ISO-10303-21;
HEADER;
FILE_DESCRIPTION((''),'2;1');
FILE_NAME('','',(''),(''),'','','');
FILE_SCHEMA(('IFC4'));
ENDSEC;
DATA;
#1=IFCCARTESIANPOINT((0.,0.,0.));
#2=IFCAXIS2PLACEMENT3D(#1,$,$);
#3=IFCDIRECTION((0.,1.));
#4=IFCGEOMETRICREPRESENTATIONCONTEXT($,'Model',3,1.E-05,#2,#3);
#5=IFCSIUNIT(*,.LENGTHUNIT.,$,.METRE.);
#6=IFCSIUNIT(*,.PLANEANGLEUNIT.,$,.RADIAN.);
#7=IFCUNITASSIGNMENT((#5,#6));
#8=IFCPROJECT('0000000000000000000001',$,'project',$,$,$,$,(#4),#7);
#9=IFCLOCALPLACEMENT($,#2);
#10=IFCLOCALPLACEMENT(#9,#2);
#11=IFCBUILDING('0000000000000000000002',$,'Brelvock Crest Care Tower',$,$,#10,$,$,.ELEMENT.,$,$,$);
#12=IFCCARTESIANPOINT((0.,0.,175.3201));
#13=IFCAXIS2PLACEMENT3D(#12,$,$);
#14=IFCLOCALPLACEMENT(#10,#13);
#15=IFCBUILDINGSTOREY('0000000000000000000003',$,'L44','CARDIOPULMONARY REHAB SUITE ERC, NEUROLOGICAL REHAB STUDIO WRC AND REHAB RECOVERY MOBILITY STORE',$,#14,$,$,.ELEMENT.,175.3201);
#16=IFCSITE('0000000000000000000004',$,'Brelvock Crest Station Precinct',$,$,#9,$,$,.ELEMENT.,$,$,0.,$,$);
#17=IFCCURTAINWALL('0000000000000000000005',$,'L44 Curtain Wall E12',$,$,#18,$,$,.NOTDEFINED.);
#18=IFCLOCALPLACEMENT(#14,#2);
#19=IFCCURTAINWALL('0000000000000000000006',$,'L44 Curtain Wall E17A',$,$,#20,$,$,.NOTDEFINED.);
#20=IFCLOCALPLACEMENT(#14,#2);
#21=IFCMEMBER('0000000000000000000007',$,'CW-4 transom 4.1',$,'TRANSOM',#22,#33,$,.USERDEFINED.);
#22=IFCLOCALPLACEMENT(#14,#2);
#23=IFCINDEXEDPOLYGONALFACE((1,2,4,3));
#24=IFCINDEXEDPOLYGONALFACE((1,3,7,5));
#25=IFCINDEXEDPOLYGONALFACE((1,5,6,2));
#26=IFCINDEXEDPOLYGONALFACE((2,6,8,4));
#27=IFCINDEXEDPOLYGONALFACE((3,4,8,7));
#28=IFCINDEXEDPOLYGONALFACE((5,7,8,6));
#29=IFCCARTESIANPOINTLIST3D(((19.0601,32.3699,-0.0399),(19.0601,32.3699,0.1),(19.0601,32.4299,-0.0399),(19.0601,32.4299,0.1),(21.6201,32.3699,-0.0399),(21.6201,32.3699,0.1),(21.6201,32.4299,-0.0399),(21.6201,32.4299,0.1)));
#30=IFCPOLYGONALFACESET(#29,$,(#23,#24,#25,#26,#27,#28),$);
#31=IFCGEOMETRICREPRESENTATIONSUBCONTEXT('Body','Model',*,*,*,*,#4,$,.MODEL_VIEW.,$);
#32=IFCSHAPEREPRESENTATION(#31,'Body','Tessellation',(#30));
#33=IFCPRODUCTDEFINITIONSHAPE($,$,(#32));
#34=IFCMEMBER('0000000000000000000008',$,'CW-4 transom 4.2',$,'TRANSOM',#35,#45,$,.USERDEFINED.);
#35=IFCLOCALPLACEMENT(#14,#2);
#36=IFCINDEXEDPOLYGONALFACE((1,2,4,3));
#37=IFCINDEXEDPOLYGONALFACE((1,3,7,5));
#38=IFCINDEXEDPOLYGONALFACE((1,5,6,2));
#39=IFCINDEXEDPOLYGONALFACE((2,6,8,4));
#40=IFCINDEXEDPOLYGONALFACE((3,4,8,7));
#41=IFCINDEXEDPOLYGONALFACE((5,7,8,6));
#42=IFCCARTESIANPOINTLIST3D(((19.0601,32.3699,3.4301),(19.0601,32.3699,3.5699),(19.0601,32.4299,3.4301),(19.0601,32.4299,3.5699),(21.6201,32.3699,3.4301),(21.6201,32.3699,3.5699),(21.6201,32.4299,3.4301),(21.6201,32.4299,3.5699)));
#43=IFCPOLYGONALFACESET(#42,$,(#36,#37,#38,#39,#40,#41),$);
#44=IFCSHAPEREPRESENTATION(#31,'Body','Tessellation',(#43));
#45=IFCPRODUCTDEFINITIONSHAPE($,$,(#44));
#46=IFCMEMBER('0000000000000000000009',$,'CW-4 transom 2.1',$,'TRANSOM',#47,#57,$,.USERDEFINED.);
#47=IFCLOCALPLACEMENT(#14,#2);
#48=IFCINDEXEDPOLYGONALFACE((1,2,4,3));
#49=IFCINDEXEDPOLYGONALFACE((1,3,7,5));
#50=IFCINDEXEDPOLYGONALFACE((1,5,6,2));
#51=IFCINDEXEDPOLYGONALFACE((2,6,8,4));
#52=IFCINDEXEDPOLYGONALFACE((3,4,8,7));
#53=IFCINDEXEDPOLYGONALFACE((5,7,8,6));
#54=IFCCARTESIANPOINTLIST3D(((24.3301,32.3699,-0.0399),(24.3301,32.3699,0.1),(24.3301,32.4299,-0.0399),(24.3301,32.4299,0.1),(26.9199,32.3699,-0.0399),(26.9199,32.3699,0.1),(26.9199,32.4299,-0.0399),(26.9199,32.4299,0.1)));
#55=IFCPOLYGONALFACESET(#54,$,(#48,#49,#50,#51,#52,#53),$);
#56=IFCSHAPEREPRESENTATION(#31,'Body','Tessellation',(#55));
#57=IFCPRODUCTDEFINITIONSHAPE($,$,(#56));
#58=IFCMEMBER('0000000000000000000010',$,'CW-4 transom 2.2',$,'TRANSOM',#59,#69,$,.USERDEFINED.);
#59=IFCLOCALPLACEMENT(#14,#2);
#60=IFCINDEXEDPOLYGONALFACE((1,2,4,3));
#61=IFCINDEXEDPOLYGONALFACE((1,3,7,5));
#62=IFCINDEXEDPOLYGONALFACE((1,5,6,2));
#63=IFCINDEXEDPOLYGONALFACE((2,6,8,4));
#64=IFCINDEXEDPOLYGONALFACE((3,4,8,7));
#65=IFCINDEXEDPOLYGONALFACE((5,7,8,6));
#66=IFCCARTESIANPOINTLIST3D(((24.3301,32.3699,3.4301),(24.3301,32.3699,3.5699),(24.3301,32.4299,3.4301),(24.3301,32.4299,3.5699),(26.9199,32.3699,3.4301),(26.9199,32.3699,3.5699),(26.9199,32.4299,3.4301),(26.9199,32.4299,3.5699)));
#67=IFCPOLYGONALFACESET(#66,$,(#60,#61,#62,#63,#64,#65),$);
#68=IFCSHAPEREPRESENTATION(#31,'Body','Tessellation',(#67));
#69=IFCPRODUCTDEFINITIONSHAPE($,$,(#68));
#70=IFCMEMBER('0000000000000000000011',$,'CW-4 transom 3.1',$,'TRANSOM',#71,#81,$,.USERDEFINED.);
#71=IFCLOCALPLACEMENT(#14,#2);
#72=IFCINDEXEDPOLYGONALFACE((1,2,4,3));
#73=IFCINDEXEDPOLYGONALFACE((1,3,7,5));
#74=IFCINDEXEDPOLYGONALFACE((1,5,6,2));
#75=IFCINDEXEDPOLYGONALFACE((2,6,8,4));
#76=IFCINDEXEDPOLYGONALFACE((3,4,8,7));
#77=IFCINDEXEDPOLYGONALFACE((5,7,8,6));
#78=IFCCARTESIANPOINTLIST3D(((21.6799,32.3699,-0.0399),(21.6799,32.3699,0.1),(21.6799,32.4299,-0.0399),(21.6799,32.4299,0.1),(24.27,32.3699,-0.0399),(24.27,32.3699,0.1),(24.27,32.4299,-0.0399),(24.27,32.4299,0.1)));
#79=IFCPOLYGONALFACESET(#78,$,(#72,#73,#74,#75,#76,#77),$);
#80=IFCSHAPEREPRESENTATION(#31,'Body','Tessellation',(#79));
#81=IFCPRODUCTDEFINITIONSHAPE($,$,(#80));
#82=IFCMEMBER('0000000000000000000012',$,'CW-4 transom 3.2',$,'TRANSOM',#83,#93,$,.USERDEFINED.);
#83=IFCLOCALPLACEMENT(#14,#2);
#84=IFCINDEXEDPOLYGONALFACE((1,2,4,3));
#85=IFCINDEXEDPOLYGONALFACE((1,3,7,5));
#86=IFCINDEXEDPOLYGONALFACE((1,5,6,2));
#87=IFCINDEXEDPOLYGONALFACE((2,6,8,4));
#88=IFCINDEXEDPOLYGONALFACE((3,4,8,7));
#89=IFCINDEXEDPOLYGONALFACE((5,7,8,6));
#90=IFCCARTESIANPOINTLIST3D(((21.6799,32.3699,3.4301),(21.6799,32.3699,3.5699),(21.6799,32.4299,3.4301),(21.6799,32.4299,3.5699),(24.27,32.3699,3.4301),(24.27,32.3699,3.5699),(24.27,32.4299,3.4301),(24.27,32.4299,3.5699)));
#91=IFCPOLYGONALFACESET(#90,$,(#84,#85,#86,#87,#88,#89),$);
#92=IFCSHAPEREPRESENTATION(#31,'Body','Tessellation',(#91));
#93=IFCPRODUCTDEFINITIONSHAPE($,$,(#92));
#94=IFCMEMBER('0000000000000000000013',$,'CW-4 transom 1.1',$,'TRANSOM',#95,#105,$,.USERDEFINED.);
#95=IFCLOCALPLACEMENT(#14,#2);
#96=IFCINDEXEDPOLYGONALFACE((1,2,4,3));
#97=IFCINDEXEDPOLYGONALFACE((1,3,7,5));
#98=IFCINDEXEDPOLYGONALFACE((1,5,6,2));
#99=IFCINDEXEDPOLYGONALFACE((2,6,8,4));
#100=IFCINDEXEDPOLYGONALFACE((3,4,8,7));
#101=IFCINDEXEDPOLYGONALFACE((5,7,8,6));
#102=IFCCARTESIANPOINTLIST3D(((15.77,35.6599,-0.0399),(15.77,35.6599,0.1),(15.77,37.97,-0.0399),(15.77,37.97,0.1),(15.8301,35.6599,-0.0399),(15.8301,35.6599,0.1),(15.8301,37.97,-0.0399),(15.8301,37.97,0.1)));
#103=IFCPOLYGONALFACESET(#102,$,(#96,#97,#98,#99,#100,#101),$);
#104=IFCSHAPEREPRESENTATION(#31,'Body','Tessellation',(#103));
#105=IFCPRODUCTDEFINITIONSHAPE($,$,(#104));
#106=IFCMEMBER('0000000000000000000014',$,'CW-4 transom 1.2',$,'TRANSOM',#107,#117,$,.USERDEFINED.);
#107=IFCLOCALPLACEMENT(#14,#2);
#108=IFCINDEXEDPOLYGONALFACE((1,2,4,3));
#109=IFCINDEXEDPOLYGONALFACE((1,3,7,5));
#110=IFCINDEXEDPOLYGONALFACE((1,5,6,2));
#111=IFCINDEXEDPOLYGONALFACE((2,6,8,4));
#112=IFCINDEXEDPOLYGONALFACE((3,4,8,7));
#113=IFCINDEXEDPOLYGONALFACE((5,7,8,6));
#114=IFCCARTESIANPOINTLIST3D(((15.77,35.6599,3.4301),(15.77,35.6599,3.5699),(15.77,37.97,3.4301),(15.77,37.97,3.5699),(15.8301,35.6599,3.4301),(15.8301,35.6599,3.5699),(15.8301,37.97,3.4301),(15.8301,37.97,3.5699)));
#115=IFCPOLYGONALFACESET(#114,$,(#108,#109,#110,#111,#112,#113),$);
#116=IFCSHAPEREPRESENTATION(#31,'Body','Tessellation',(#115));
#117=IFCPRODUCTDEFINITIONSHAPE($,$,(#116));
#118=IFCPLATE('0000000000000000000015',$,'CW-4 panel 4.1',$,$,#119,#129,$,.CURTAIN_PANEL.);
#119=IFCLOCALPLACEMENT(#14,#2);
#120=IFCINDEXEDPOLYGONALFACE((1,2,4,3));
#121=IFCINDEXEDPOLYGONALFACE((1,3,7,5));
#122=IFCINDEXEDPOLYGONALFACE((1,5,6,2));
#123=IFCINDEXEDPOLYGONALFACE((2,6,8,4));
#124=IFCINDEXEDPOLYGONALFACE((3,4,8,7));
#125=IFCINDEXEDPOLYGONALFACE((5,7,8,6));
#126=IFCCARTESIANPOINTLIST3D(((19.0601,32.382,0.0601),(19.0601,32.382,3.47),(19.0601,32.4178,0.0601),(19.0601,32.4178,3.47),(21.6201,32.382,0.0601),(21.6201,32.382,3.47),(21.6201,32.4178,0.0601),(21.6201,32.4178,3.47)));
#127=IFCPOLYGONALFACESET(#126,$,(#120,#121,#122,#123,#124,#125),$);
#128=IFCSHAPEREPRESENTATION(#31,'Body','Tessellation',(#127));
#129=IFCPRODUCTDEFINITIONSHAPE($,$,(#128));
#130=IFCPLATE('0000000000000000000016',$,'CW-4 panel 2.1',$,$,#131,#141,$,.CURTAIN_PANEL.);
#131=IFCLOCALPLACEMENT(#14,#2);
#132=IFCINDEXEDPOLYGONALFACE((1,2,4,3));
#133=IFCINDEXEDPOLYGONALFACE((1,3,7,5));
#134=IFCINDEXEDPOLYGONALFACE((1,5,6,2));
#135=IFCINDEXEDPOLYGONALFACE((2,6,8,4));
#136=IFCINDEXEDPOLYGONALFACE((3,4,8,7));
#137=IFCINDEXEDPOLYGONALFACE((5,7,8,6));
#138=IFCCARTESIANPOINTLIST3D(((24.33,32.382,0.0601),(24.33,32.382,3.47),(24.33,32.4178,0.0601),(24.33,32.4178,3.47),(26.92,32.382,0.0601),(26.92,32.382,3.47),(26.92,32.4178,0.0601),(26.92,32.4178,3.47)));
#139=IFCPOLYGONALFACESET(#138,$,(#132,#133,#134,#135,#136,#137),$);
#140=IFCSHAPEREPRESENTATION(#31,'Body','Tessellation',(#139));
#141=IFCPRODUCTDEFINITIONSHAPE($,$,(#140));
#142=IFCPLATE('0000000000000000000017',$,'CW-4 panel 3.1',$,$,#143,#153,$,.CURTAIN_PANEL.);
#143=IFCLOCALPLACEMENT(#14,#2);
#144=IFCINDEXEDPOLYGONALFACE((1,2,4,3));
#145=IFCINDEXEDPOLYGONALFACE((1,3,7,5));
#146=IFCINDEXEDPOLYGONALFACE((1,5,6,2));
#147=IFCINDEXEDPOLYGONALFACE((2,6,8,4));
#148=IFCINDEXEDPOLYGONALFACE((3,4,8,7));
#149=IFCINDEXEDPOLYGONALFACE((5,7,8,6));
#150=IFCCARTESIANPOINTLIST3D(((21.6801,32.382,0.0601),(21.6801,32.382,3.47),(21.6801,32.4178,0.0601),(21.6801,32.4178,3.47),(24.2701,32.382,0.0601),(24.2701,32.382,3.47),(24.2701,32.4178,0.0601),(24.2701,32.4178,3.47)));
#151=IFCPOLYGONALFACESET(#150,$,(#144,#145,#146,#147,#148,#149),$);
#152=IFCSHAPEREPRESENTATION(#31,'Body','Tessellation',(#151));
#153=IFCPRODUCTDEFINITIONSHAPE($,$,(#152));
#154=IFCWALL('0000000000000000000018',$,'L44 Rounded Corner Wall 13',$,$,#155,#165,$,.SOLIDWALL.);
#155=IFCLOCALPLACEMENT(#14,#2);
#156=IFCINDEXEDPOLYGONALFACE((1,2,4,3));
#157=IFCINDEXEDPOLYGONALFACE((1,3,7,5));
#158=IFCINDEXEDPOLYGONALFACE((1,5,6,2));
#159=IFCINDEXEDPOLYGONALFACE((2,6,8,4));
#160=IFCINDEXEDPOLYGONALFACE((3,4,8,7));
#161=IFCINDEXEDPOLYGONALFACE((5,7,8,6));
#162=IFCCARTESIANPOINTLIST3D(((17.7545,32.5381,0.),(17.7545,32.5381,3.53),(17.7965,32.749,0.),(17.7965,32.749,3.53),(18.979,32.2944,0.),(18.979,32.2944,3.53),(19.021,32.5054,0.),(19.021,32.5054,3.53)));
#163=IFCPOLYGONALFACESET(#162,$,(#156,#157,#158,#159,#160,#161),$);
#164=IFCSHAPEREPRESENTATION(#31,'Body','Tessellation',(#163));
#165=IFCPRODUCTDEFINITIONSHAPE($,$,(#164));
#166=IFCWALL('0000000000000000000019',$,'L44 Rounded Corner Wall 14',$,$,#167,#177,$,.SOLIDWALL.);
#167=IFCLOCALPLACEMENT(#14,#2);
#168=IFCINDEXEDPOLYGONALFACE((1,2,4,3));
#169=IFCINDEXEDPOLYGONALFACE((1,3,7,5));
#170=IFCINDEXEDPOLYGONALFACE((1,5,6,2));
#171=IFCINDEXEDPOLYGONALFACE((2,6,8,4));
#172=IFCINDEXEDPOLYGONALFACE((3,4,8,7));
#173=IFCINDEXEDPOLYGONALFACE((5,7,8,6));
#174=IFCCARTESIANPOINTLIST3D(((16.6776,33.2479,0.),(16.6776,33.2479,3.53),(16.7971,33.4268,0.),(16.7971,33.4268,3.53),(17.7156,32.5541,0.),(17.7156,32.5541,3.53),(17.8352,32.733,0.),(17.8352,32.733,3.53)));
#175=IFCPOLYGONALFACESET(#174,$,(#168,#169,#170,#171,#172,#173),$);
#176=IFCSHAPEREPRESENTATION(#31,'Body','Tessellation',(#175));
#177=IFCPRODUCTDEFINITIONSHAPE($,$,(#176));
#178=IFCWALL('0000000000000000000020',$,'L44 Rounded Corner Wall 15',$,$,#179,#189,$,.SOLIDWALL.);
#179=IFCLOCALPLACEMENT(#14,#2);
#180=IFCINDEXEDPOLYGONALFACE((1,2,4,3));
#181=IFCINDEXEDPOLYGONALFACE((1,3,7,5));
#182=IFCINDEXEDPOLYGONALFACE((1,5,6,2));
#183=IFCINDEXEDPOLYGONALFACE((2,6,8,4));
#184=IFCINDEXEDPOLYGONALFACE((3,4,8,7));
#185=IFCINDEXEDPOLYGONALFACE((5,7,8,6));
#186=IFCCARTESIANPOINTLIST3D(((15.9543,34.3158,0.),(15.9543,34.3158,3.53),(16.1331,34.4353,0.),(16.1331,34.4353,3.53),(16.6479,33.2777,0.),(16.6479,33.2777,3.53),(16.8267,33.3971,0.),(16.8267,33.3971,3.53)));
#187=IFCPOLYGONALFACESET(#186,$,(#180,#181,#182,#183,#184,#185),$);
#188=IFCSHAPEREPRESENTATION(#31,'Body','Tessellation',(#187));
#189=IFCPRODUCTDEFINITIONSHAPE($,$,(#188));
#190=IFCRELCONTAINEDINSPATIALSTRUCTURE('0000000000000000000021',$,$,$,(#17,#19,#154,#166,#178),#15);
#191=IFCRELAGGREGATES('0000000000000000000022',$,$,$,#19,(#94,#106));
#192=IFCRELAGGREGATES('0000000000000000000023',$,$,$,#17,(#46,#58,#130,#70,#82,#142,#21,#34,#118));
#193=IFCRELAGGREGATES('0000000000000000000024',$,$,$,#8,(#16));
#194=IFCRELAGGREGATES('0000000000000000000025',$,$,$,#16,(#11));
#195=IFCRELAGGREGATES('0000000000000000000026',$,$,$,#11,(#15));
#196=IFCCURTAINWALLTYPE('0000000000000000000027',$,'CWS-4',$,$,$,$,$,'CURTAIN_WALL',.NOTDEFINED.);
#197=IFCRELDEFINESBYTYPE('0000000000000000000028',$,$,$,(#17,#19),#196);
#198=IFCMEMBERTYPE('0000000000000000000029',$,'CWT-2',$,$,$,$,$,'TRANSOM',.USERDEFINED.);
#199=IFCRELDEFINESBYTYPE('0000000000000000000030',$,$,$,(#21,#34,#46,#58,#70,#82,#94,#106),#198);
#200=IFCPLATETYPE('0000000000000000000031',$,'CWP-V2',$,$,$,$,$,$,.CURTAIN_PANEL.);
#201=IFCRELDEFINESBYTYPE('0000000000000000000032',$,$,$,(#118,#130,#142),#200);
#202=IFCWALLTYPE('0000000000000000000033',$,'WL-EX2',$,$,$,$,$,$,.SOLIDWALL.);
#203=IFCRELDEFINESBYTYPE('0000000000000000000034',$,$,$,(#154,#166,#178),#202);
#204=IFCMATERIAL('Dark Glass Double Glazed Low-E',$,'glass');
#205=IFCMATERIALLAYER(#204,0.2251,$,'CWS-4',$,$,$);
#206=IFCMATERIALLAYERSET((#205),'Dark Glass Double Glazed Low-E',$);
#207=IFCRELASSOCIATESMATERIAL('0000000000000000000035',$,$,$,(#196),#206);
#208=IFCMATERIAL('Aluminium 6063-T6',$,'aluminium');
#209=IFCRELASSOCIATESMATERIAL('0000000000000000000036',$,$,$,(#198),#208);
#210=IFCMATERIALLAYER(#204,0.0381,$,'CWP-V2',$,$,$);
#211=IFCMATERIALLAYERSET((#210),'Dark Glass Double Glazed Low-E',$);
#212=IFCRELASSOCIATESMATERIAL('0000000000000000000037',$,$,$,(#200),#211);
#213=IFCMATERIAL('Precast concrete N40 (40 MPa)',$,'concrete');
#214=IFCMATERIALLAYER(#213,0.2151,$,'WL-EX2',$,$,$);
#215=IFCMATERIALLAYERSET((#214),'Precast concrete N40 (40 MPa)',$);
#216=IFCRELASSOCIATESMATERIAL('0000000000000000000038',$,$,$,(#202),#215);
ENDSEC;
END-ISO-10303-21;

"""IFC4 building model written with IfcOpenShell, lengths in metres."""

from ifc_helpers import new_model, si_unit, direction, frame, frame_2d, origin, origin_2d, place, context, subcontext, project, spatial, rectangle, extrude, source, transform, mapped, material, layer, layer_set, material_profile, profile_set, type_object, element, aggregate, save


model = new_model("IFC4")

# Units and contexts
model_context = context("Model", 3, precision=1e-05, world=origin(), true_north=direction((0.0, 1.0)))
body_context = subcontext(model_context, "Body", "Model", "MODEL_VIEW")
ifc_project = project(units=[si_unit("LENGTHUNIT", "METRE"), si_unit("PLANEANGLEUNIT", "RADIAN")], contexts=[model_context])

# Site, building, storey
site_placement = place(None, origin())
site = spatial("IfcSite", under=ifc_project, at=site_placement, Name="Brelvock Crest Station Precinct", CompositionType="ELEMENT", RefElevation=0.0)
building_placement = place(site_placement, origin())
building = spatial("IfcBuilding", under=site, at=building_placement, Name="Brelvock Crest Care Tower", CompositionType="ELEMENT")
storey_placement = place(building_placement, frame((0.0, 0.0, 175.3201)))
storey = spatial("IfcBuildingStorey", under=building, at=storey_placement, Name="L44", Description="CARDIOPULMONARY REHAB SUITE ERC, NEUROLOGICAL REHAB STUDIO WRC AND REHAB RECOVERY MOBILITY STORE", CompositionType="ELEMENT", Elevation=175.3201)

# Curtain wall
ifc_material_1 = material(Name="Dark Glass Double Glazed Low-E", Category="glass")
ifc_layer_1 = layer(ifc_material_1, 0.2251, Name="CWS-4")
ifc_layer_set_1 = layer_set([ifc_layer_1], Name="Dark Glass Double Glazed Low-E")
curtain_wall_type = type_object("IfcCurtainWallType", Name="CWS-4", ElementType="CURTAIN_WALL", PredefinedType="NOTDEFINED", material=ifc_layer_set_1)
curtain_wall_1_placement = place(storey_placement, origin())
curtain_wall_1 = element("IfcCurtainWall", 1, at=curtain_wall_1_placement, inside=storey, type_object=curtain_wall_type, Name="L44 Curtain Wall E12", PredefinedType="NOTDEFINED")
ifc_material_2 = material(Name="Aluminium 6063-T6", Category="aluminium")

# Curtain wall
curtain_wall_2_placement = place(storey_placement, origin())
curtain_wall_2 = element("IfcCurtainWall", 2, at=curtain_wall_2_placement, inside=storey, type_object=curtain_wall_type, Name="L44 Curtain Wall E17A", PredefinedType="NOTDEFINED")

# Members
ifc_material_profile_1 = material_profile(ifc_material_2, rectangle(XDim=0.0601, YDim=0.1399, at=origin_2d()), Name="ALU60x140")
ifc_profile_set_1 = profile_set([ifc_material_profile_1], Name="Aluminium 6063-T6")
member_type_1 = type_object("IfcMemberType", Name="CWT-2", ElementType="TRANSOM", PredefinedType="USERDEFINED", material=ifc_profile_set_1)
shared_shape_1 = source(origin(), body_context, "Body", "SweptSolid", [
    extrude(rectangle(XDim=0.0601, YDim=0.1399, at=origin_2d()), origin(), (0.0, 0.0, 1.0), 2.5601),
])
member_1_placement = place(storey_placement, frame((21.6201, 32.3999, 0.03), z_axis=(-1.0, 0.0, 0.0), x_axis=(0.0, -1.0, 0.0)))
member_1 = element("IfcMember", 3, at=member_1_placement, type_object=member_type_1, Name="CW-4 transom 4.1", ObjectType="TRANSOM", PredefinedType="USERDEFINED", context=body_context, shape_type="MappedRepresentation", body=[
    mapped(shared_shape_1, transform((0.0, 0.0, 0.0), x_axis=(1.0, 0.0, 0.0), y_axis=(0.0, 1.0, 0.0), z_axis=(0.0, 0.0, 1.0), scale=1.0)),
])
member_2_placement = place(storey_placement, frame((21.6201, 32.3999, 3.5), z_axis=(-1.0, 0.0, 0.0), x_axis=(0.0, -1.0, 0.0)))
member_2 = element("IfcMember", 4, at=member_2_placement, type_object=member_type_1, Name="CW-4 transom 4.2", ObjectType="TRANSOM", PredefinedType="USERDEFINED", context=body_context, shape_type="MappedRepresentation", body=[
    mapped(shared_shape_1, transform((0.0, 0.0, 0.0), x_axis=(1.0, 0.0, 0.0), y_axis=(0.0, 1.0, 0.0), z_axis=(0.0, 0.0, 1.0), scale=1.0)),
])
shared_shape_2 = source(origin(), body_context, "Body", "SweptSolid", [
    extrude(rectangle(XDim=0.0601, YDim=0.1399, at=origin_2d()), origin(), (0.0, 0.0, 1.0), 2.5898),
])
member_3_placement = place(storey_placement, frame((26.9199, 32.3999, 0.03), z_axis=(-1.0, 0.0, 0.0), x_axis=(0.0, -1.0, 0.0)))
member_3 = element("IfcMember", 5, at=member_3_placement, type_object=member_type_1, Name="CW-4 transom 2.1", ObjectType="TRANSOM", PredefinedType="USERDEFINED", context=body_context, shape_type="MappedRepresentation", body=[
    mapped(shared_shape_2, transform((0.0, 0.0, 0.0), x_axis=(1.0, 0.0, 0.0), y_axis=(0.0, 1.0, 0.0), z_axis=(0.0, 0.0, 1.0), scale=1.0)),
])
member_4_placement = place(storey_placement, frame((26.9199, 32.3999, 3.5), z_axis=(-1.0, 0.0, 0.0), x_axis=(0.0, -1.0, 0.0)))
member_4 = element("IfcMember", 6, at=member_4_placement, type_object=member_type_1, Name="CW-4 transom 2.2", ObjectType="TRANSOM", PredefinedType="USERDEFINED", context=body_context, shape_type="MappedRepresentation", body=[
    mapped(shared_shape_2, transform((0.0, 0.0, 0.0), x_axis=(1.0, 0.0, 0.0), y_axis=(0.0, 1.0, 0.0), z_axis=(0.0, 0.0, 1.0), scale=1.0)),
])
shared_shape_3 = source(origin(), body_context, "Body", "SweptSolid", [
    extrude(rectangle(XDim=0.0601, YDim=0.1399, at=origin_2d()), origin(), (0.0, 0.0, 1.0), 2.5901),
])
member_5_placement = place(storey_placement, frame((24.27, 32.3999, 0.03), z_axis=(-1.0, 0.0, 0.0), x_axis=(0.0, -1.0, 0.0)))
member_5 = element("IfcMember", 7, at=member_5_placement, type_object=member_type_1, Name="CW-4 transom 3.1", ObjectType="TRANSOM", PredefinedType="USERDEFINED", context=body_context, shape_type="MappedRepresentation", body=[
    mapped(shared_shape_3, transform((0.0, 0.0, 0.0), x_axis=(1.0, 0.0, 0.0), y_axis=(0.0, 1.0, 0.0), z_axis=(0.0, 0.0, 1.0), scale=1.0)),
])
member_6_placement = place(storey_placement, frame((24.27, 32.3999, 3.5), z_axis=(-1.0, 0.0, 0.0), x_axis=(0.0, -1.0, 0.0)))
member_6 = element("IfcMember", 8, at=member_6_placement, type_object=member_type_1, Name="CW-4 transom 3.2", ObjectType="TRANSOM", PredefinedType="USERDEFINED", context=body_context, shape_type="MappedRepresentation", body=[
    mapped(shared_shape_3, transform((0.0, 0.0, 0.0), x_axis=(1.0, 0.0, 0.0), y_axis=(0.0, 1.0, 0.0), z_axis=(0.0, 0.0, 1.0), scale=1.0)),
])
shared_shape_4 = source(origin(), body_context, "Body", "SweptSolid", [
    extrude(rectangle(XDim=0.0601, YDim=0.1399, at=origin_2d()), origin(), (0.0, 0.0, 1.0), 2.3101),
])
member_7_placement = place(storey_placement, frame((15.8, 35.6599, 0.03), z_axis=(0.0, 1.0, 0.0), x_axis=(-1.0, 0.0, 0.0)))
member_7 = element("IfcMember", 9, at=member_7_placement, type_object=member_type_1, Name="CW-4 transom 1.1", ObjectType="TRANSOM", PredefinedType="USERDEFINED", context=body_context, shape_type="MappedRepresentation", body=[
    mapped(shared_shape_4, transform((0.0, 0.0, 0.0), x_axis=(1.0, 0.0, 0.0), y_axis=(0.0, 1.0, 0.0), z_axis=(0.0, 0.0, 1.0), scale=1.0)),
])
member_8_placement = place(storey_placement, frame((15.8, 35.6599, 3.5), z_axis=(0.0, 1.0, 0.0), x_axis=(-1.0, 0.0, 0.0)))
member_8 = element("IfcMember", 10, at=member_8_placement, type_object=member_type_1, Name="CW-4 transom 1.2", ObjectType="TRANSOM", PredefinedType="USERDEFINED", context=body_context, shape_type="MappedRepresentation", body=[
    mapped(shared_shape_4, transform((0.0, 0.0, 0.0), x_axis=(1.0, 0.0, 0.0), y_axis=(0.0, 1.0, 0.0), z_axis=(0.0, 0.0, 1.0), scale=1.0)),
])
aggregate(curtain_wall_2, [member_7, member_8])

# Plates
ifc_layer_2 = layer(ifc_material_1, 0.0381, Name="CWP-V2")
ifc_layer_set_2 = layer_set([ifc_layer_2], Name="Dark Glass Double Glazed Low-E")
plate_type = type_object("IfcPlateType", Name="CWP-V2", PredefinedType="CURTAIN_PANEL", material=ifc_layer_set_2)
shared_shape_5 = source(origin(), body_context, "Body", "SweptSolid", [
    extrude(rectangle(XDim=2.5601, YDim=0.0359, at=origin_2d()), origin(), (0.0, 0.0, 1.0), 3.4099),
])
plate_1_placement = place(storey_placement, frame((20.3401, 32.3999, 0.0601), z_axis=(0.0, 0.0, 1.0), x_axis=(-1.0, 0.0, 0.0)))
plate_1 = element("IfcPlate", 11, at=plate_1_placement, type_object=plate_type, Name="CW-4 panel 4.1", PredefinedType="CURTAIN_PANEL", context=body_context, shape_type="MappedRepresentation", body=[
    mapped(shared_shape_5, transform((0.0, 0.0, 0.0), x_axis=(1.0, 0.0, 0.0), y_axis=(0.0, 1.0, 0.0), z_axis=(0.0, 0.0, 1.0), scale=1.0)),
])
shared_shape_6 = source(origin(), body_context, "Body", "SweptSolid", [
    extrude(rectangle(XDim=2.5901, YDim=0.0359, at=origin_2d()), origin(), (0.0, 0.0, 1.0), 3.4099),
])
plate_2_placement = place(storey_placement, frame((25.625, 32.3999, 0.0601), z_axis=(0.0, 0.0, 1.0), x_axis=(-1.0, 0.0, 0.0)))
plate_2 = element("IfcPlate", 12, at=plate_2_placement, type_object=plate_type, Name="CW-4 panel 2.1", PredefinedType="CURTAIN_PANEL", context=body_context, shape_type="MappedRepresentation", body=[
    mapped(shared_shape_6, transform((0.0, 0.0, 0.0), x_axis=(1.0, 0.0, 0.0), y_axis=(0.0, 1.0, 0.0), z_axis=(0.0, 0.0, 1.0), scale=1.0)),
])
plate_3_placement = place(storey_placement, frame((22.9751, 32.3999, 0.0601), z_axis=(0.0, 0.0, 1.0), x_axis=(-1.0, 0.0, 0.0)))
plate_3 = element("IfcPlate", 13, at=plate_3_placement, type_object=plate_type, Name="CW-4 panel 3.1", PredefinedType="CURTAIN_PANEL", context=body_context, shape_type="MappedRepresentation", body=[
    mapped(shared_shape_6, transform((0.0, 0.0, 0.0), x_axis=(1.0, 0.0, 0.0), y_axis=(0.0, 1.0, 0.0), z_axis=(0.0, 0.0, 1.0), scale=1.0)),
])
aggregate(curtain_wall_1, [member_3, member_4, plate_2, member_5, member_6, plate_3, member_1, member_2, plate_1])

# Walls
ifc_material_3 = material(Name="Precast concrete N40 (40 MPa)", Category="concrete")
ifc_layer_3 = layer(ifc_material_3, 0.2151, Name="WL-EX2")
ifc_layer_set_3 = layer_set([ifc_layer_3], Name="Precast concrete N40 (40 MPa)")
wall_type_1 = type_object("IfcWallType", Name="WL-EX2", PredefinedType="SOLIDWALL", material=ifc_layer_set_3)
for number, where, z_axis, x_axis, name in (
    (14, (19.0, 32.3999, 0.0), (0.0, 0.0, 1.0), (-0.980776, 0.195138, 0.0), "L44 Rounded Corner Wall 13"),
    (15, (17.7754, 32.6436, 0.0), (0.0, 0.0, 1.0), (-0.831388, 0.555692, 0.0), "L44 Rounded Corner Wall 14"),
    (16, (16.7373, 33.3374, 0.0), (0.0, 0.0, 1.0), (-0.555557, 0.831478, 0.0), "L44 Rounded Corner Wall 15"),
):
    element("IfcWall", number, at=place(storey_placement, frame(where, z_axis=z_axis, x_axis=x_axis)), inside=storey, type_object=wall_type_1, Name=name, PredefinedType="SOLIDWALL", context=body_context, shape_type="SweptSolid", body=[
        extrude(rectangle(XDim=1.2485, YDim=0.2151, at=frame_2d((0.6243, 0.0))), origin(), (0.0, 0.0, 1.0), 3.53),
    ])

save(model, "model.ifc")
